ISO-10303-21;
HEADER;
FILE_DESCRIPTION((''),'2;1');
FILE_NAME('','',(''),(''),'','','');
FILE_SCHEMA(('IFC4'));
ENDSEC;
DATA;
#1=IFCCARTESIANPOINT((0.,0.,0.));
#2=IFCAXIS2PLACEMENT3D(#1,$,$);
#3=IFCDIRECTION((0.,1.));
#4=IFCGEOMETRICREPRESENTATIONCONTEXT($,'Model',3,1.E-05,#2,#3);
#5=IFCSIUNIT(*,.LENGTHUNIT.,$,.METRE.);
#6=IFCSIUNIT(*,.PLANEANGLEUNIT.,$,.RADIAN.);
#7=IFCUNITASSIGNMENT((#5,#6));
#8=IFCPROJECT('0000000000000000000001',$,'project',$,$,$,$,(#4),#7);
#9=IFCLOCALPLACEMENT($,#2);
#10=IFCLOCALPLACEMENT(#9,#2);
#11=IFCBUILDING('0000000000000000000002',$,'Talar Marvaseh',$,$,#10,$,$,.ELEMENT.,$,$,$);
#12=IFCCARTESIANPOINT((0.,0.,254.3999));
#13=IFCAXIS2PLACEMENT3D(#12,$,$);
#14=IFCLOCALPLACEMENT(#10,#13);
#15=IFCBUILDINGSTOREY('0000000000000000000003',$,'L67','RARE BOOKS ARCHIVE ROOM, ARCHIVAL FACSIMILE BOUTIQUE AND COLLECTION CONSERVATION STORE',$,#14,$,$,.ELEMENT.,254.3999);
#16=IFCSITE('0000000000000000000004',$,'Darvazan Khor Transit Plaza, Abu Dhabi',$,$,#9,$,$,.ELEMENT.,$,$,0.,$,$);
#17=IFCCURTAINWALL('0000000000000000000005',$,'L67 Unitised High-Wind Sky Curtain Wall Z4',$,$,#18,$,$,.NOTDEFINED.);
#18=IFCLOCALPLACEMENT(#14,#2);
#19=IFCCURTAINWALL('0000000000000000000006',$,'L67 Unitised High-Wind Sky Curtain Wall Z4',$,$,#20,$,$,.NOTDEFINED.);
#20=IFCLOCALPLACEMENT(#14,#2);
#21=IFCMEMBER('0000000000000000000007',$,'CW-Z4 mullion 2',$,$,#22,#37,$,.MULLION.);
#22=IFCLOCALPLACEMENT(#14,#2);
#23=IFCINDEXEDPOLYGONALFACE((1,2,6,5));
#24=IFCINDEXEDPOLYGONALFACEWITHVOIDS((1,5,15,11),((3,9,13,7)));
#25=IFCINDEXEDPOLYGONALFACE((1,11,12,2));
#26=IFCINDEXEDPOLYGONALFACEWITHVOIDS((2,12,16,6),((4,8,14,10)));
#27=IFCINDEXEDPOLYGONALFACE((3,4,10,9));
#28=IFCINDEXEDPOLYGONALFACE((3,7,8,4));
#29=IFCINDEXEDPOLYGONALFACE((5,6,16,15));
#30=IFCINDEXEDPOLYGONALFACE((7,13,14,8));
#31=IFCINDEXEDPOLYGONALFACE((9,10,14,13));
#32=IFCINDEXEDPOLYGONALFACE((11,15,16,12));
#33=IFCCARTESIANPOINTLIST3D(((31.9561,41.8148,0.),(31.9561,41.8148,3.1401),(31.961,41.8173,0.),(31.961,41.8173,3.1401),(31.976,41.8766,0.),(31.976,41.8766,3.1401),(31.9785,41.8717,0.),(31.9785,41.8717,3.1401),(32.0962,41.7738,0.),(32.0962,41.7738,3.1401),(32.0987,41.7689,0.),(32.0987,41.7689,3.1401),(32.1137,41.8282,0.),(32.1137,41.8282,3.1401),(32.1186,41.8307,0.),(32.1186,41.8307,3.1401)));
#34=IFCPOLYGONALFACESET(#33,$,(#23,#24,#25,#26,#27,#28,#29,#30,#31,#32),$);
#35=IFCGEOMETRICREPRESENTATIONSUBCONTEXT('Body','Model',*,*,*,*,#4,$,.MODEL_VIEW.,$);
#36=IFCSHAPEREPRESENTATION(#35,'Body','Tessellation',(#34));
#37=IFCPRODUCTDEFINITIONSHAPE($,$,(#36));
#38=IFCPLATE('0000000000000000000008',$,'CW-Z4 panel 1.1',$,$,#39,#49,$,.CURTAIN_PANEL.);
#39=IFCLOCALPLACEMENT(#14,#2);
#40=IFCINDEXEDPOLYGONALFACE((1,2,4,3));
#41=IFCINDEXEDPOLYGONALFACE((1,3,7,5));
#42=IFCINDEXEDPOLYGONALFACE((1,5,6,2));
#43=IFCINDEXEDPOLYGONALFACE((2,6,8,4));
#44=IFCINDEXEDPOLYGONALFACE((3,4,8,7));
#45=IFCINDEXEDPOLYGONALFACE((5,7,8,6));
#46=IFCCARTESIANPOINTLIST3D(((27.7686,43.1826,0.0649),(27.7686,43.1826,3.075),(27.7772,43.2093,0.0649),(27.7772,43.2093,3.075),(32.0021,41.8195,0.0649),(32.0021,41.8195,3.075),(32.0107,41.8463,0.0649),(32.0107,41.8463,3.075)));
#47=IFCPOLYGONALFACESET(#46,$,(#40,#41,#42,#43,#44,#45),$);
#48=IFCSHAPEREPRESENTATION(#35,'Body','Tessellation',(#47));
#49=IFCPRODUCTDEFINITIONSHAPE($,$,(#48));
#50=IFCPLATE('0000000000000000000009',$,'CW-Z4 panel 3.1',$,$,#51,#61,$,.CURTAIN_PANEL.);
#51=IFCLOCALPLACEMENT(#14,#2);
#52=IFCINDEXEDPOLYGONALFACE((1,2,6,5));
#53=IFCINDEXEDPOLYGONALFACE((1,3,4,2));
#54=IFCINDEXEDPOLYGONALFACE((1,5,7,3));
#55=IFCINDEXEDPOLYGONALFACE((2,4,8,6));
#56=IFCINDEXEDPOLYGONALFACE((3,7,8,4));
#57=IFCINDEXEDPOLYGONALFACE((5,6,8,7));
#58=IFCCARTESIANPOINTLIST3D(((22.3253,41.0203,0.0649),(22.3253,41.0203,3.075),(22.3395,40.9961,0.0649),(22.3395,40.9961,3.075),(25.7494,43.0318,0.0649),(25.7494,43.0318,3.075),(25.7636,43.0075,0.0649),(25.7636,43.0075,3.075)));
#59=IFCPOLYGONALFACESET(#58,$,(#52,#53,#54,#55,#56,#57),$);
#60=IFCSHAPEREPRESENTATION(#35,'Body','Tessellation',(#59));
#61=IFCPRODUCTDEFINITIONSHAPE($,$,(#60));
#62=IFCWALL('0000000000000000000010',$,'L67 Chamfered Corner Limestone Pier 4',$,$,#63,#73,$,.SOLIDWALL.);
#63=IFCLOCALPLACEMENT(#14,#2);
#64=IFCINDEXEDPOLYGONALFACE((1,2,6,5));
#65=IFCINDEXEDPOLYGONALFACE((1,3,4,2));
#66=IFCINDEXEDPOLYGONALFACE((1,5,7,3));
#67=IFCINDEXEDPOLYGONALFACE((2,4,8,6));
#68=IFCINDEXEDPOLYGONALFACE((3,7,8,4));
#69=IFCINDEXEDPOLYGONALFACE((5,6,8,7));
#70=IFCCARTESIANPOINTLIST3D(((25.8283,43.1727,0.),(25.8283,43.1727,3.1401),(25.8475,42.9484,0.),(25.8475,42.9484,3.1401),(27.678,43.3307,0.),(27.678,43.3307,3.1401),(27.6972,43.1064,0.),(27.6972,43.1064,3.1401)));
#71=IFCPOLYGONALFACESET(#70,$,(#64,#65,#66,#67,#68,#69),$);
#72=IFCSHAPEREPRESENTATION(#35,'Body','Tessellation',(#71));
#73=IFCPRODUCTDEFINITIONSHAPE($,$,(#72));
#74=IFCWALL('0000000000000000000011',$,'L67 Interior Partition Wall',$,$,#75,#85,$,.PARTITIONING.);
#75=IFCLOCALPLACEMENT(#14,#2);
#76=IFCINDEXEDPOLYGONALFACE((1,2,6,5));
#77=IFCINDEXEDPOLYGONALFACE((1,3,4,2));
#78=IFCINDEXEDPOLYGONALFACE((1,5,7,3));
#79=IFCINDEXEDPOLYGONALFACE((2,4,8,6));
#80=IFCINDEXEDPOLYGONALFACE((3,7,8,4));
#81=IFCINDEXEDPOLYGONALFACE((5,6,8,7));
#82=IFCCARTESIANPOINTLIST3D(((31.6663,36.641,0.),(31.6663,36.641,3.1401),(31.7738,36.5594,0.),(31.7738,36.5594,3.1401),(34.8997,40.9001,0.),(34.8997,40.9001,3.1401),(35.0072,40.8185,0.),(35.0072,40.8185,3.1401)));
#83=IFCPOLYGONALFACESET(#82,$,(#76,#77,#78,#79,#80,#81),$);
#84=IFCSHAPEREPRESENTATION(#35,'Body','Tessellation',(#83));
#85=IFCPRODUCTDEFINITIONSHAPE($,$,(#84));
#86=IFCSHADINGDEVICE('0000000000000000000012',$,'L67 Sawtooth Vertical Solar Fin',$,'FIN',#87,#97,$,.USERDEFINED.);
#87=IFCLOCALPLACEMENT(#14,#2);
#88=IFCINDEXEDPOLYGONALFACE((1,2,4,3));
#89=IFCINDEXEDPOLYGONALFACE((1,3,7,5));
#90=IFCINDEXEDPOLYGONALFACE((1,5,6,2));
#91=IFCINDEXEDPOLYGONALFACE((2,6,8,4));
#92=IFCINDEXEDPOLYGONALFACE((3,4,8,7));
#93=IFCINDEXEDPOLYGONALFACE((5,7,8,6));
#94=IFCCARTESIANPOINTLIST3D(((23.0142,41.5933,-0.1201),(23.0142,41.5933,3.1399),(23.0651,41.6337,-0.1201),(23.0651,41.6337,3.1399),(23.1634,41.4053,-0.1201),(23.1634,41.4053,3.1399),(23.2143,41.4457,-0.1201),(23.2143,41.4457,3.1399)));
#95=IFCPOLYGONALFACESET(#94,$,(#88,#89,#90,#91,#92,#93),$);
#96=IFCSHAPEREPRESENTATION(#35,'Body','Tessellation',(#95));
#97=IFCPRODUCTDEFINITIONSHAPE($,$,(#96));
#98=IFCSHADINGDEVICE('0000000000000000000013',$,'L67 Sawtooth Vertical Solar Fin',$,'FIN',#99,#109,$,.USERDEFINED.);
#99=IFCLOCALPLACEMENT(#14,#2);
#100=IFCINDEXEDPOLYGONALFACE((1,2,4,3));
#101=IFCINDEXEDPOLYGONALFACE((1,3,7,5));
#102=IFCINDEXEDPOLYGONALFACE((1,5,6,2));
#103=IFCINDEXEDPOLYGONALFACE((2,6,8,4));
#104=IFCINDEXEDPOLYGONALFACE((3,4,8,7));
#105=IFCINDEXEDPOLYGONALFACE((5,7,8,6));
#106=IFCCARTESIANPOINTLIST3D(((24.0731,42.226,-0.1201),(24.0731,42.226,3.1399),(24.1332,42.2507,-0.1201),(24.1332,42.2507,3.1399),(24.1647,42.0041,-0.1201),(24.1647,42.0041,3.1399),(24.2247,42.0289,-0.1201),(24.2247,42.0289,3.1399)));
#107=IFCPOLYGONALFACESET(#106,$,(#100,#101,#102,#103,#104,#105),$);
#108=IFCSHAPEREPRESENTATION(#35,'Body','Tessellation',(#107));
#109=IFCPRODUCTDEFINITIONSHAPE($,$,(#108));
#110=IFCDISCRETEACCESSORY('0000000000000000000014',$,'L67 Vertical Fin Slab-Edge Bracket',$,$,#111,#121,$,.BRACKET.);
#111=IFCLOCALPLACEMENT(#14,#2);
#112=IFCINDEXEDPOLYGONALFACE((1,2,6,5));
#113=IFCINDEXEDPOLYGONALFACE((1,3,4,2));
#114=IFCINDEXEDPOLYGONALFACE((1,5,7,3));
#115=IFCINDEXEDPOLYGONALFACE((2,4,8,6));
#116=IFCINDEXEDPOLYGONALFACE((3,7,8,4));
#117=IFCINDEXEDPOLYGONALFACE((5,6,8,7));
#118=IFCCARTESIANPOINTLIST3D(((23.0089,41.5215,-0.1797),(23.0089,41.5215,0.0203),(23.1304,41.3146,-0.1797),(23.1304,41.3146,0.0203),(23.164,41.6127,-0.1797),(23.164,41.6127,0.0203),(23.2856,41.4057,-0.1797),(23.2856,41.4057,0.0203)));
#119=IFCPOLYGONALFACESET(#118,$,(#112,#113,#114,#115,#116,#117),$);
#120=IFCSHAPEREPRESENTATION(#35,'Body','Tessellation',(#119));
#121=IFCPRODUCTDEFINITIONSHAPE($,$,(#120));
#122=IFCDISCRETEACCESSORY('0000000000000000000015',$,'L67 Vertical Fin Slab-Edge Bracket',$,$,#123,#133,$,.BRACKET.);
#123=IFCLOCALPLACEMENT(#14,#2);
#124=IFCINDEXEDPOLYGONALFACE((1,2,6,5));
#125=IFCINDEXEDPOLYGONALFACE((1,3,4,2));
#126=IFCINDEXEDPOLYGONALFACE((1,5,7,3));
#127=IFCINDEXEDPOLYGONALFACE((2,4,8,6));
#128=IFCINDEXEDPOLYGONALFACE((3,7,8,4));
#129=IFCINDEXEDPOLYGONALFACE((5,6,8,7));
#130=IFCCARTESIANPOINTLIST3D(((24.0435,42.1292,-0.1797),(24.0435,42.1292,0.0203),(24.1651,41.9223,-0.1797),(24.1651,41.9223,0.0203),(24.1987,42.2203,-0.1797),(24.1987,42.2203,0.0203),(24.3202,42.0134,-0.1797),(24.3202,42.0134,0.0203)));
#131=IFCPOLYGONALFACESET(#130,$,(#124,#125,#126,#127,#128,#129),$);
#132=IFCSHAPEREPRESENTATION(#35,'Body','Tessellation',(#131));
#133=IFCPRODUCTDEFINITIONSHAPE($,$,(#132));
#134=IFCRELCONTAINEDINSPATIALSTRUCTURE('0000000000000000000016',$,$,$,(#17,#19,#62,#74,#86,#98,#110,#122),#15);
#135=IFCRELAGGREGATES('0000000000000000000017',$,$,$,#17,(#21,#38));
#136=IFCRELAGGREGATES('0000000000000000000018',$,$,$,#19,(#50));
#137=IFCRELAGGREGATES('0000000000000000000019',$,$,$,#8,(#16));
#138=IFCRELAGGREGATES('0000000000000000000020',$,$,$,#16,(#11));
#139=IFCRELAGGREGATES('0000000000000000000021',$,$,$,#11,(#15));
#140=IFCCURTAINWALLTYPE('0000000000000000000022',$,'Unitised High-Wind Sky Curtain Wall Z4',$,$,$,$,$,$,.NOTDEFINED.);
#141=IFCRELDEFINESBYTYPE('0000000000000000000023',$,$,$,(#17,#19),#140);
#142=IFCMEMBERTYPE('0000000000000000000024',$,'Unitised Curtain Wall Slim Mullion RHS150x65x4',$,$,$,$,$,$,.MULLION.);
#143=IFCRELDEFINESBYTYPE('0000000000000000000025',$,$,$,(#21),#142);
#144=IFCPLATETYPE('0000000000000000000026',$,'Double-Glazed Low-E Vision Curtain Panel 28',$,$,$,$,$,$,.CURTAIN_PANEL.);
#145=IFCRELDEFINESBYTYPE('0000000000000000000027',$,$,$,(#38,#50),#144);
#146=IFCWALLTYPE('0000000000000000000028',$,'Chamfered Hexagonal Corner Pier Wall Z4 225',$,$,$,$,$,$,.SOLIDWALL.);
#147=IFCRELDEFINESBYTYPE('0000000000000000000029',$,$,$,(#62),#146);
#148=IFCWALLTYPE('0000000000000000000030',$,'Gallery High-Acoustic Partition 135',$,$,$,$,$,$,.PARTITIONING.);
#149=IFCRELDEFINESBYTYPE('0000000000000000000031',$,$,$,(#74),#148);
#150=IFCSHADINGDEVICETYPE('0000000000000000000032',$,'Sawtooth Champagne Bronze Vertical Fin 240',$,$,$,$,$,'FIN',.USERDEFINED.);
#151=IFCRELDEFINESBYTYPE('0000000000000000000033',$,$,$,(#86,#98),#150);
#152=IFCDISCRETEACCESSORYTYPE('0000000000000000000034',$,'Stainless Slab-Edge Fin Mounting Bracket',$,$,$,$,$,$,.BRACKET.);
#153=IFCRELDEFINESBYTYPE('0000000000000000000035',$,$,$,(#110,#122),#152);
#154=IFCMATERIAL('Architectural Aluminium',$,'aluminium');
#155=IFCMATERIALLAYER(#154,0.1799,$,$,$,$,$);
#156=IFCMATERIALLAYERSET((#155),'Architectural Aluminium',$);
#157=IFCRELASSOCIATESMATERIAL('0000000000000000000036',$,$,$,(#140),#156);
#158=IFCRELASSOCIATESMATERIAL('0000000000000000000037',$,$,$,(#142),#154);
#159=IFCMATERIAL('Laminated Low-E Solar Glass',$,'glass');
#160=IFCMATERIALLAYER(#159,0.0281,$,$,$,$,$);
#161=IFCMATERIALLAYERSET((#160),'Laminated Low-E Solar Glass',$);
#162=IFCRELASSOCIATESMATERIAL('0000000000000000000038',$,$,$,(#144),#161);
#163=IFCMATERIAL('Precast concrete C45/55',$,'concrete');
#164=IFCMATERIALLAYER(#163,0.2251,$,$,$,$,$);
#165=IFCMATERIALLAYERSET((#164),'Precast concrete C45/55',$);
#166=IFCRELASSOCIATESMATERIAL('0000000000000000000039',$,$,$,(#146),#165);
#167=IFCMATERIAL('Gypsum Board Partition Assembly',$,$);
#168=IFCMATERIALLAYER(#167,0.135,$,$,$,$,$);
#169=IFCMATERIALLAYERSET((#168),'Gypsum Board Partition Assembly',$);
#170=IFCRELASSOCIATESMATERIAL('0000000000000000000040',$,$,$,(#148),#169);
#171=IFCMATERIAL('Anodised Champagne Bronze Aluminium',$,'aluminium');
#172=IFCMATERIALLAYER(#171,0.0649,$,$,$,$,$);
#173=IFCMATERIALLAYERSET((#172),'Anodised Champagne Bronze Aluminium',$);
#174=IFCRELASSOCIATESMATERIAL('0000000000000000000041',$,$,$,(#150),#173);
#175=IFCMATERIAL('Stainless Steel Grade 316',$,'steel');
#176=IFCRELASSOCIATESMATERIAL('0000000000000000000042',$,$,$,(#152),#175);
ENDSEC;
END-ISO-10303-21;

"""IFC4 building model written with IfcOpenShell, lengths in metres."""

from ifc_helpers import new_model, si_unit, direction, frame, frame_2d, origin, origin_2d, place, context, subcontext, project, spatial, rectangle, hollow_rectangle, extrude, source, transform, mapped, material, layer, layer_set, material_profile, profile_set, type_object, type_shapes, element, aggregate, save


model = new_model("IFC4")

# Units and contexts
model_context = context("Model", 3, precision=1e-05, world=origin(), true_north=direction((0.0, 1.0)))
body_context = subcontext(model_context, "Body", "Model", "MODEL_VIEW")
ifc_project = project(units=[si_unit("LENGTHUNIT", "METRE"), si_unit("PLANEANGLEUNIT", "RADIAN")], contexts=[model_context])

# Site, building, storey
site_placement = place(None, origin())
site = spatial("IfcSite", under=ifc_project, at=site_placement, Name="Darvazan Khor Transit Plaza, Abu Dhabi", CompositionType="ELEMENT", RefElevation=0.0)
building_placement = place(site_placement, origin())
building = spatial("IfcBuilding", under=site, at=building_placement, Name="Talar Marvaseh", CompositionType="ELEMENT")
storey_placement = place(building_placement, frame((0.0, 0.0, 254.3999)))
storey = spatial("IfcBuildingStorey", under=building, at=storey_placement, Name="L67", Description="RARE BOOKS ARCHIVE ROOM, ARCHIVAL FACSIMILE BOUTIQUE AND COLLECTION CONSERVATION STORE", CompositionType="ELEMENT", Elevation=254.3999)

# Curtain wall
ifc_material_1 = material(Name="Architectural Aluminium", Category="aluminium")
ifc_layer_1 = layer(ifc_material_1, 0.1799)
ifc_layer_set_1 = layer_set([ifc_layer_1], Name="Architectural Aluminium")
curtain_wall_type = type_object("IfcCurtainWallType", Name="Unitised High-Wind Sky Curtain Wall Z4", PredefinedType="NOTDEFINED", material=ifc_layer_set_1)
curtain_wall_1_placement = place(storey_placement, origin())
curtain_wall_1 = element("IfcCurtainWall", 1, at=curtain_wall_1_placement, inside=storey, type_object=curtain_wall_type, Name="L67 Unitised High-Wind Sky Curtain Wall Z4", PredefinedType="NOTDEFINED")

# Curtain wall
curtain_wall_2_placement = place(storey_placement, origin())
curtain_wall_2 = element("IfcCurtainWall", 2, at=curtain_wall_2_placement, inside=storey, type_object=curtain_wall_type, Name="L67 Unitised High-Wind Sky Curtain Wall Z4", PredefinedType="NOTDEFINED")
ifc_material_profile_1 = material_profile(ifc_material_1, hollow_rectangle(XDim=0.0649, YDim=0.1499, WallThickness=0.0039, at=origin_2d()), Name="RHS150x65x4")
ifc_profile_set_1 = profile_set([ifc_material_profile_1], Name="Architectural Aluminium")
member_type_1 = type_object("IfcMemberType", Name="Unitised Curtain Wall Slim Mullion RHS150x65x4", PredefinedType="MULLION", material=ifc_profile_set_1)
shared_shape_1 = source(origin(), body_context, "Body", "SweptSolid", [
    extrude(hollow_rectangle(XDim=0.0649, YDim=0.1499, WallThickness=0.0039, at=origin_2d()), origin(), (0.0, 0.0, 1.0), 3.1401),
])
type_shapes(member_type_1, [shared_shape_1])

# Member
member_1_placement = place(storey_placement, frame((32.0374, 41.8228, 0.0), z_axis=(0.0, 0.0, 1.0), x_axis=(0.306468, 0.951881, 0.0)))
member_1 = element("IfcMember", 3, at=member_1_placement, type_object=member_type_1, Name="CW-Z4 mullion 2", PredefinedType="MULLION", context=body_context, shape_type="MappedRepresentation", body=[
    mapped(shared_shape_1, transform((0.0, 0.0, 0.0), x_axis=(1.0, 0.0, 0.0), y_axis=(0.0, 1.0, 0.0), z_axis=(0.0, 0.0, 1.0), scale=1.0)),
])

# Plates
ifc_material_2 = material(Name="Laminated Low-E Solar Glass", Category="glass")
ifc_layer_2 = layer(ifc_material_2, 0.0281)
ifc_layer_set_2 = layer_set([ifc_layer_2], Name="Laminated Low-E Solar Glass")
plate_type = type_object("IfcPlateType", Name="Double-Glazed Low-E Vision Curtain Panel 28", PredefinedType="CURTAIN_PANEL", material=ifc_layer_set_2)
shared_shape_2 = source(origin(), body_context, "Body", "SweptSolid", [
    extrude(rectangle(XDim=4.4475, YDim=0.0281, at=origin_2d()), origin(), (0.0, 0.0, 1.0), 3.01),
])
plate_1_placement = place(storey_placement, frame((29.8896, 42.5144, 0.0649), z_axis=(0.0, 0.0, 1.0), x_axis=(0.951881, -0.306468, 0.0)))
plate_1 = element("IfcPlate", 4, at=plate_1_placement, type_object=plate_type, Name="CW-Z4 panel 1.1", PredefinedType="CURTAIN_PANEL", context=body_context, shape_type="MappedRepresentation", body=[
    mapped(shared_shape_2, transform((0.0, 0.0, 0.0), x_axis=(1.0, 0.0, 0.0), y_axis=(0.0, 1.0, 0.0), z_axis=(0.0, 0.0, 1.0), scale=1.0)),
])
aggregate(curtain_wall_1, [member_1, plate_1])
shared_shape_3 = source(origin(), body_context, "Body", "SweptSolid", [
    extrude(rectangle(XDim=3.9712, YDim=0.0281, at=origin_2d()), origin(), (0.0, 0.0, 1.0), 3.01),
])
type_shapes(plate_type, [shared_shape_2, shared_shape_3])
plate_2_placement = place(storey_placement, frame((24.0444, 42.0139, 0.0649), z_axis=(0.0, 0.0, 1.0), x_axis=(0.86223, 0.506517, 0.0)))
plate_2 = element("IfcPlate", 5, at=plate_2_placement, type_object=plate_type, Name="CW-Z4 panel 3.1", PredefinedType="CURTAIN_PANEL", context=body_context, shape_type="MappedRepresentation", body=[
    mapped(shared_shape_3, transform((0.0, 0.0, 0.0), x_axis=(1.0, 0.0, 0.0), y_axis=(0.0, 1.0, 0.0), z_axis=(0.0, 0.0, 1.0), scale=1.0)),
])
aggregate(curtain_wall_2, [plate_2])

# Walls
ifc_material_3 = material(Name="Precast concrete C45/55", Category="concrete")
ifc_layer_3 = layer(ifc_material_3, 0.2251)
ifc_layer_set_3 = layer_set([ifc_layer_3], Name="Precast concrete C45/55")
wall_type_1 = type_object("IfcWallType", Name="Chamfered Hexagonal Corner Pier Wall Z4 225", PredefinedType="SOLIDWALL", material=ifc_layer_set_3)
wall_1_placement = place(storey_placement, frame((25.8379, 43.0605, 0.0), z_axis=(0.0, 0.0, 1.0), x_axis=(0.996373, 0.085092, 0.0)))
element("IfcWall", 6, at=wall_1_placement, inside=storey, type_object=wall_type_1, Name="L67 Chamfered Corner Limestone Pier 4", PredefinedType="SOLIDWALL", context=body_context, shape_type="SweptSolid", body=[
    extrude(rectangle(XDim=1.8564, YDim=0.2251, at=frame_2d((0.9282, 0.0))), origin(), (0.0, 0.0, 1.0), 3.1401),
])
ifc_material_4 = material(Name="Gypsum Board Partition Assembly")
ifc_layer_4 = layer(ifc_material_4, 0.135)
ifc_layer_set_4 = layer_set([ifc_layer_4], Name="Gypsum Board Partition Assembly")
wall_type_2 = type_object("IfcWallType", Name="Gallery High-Acoustic Partition 135", PredefinedType="PARTITIONING", material=ifc_layer_set_4)
wall_2_placement = place(storey_placement, frame((31.72, 36.6001, 0.0), z_axis=(0.0, 0.0, 1.0), x_axis=(0.604672, 0.796474, 0.0)))
element("IfcWall", 7, at=wall_2_placement, inside=storey, type_object=wall_type_2, Name="L67 Interior Partition Wall", PredefinedType="PARTITIONING", context=body_context, shape_type="SweptSolid", body=[
    extrude(rectangle(XDim=5.3474, YDim=0.135, at=frame_2d((2.6738, 0.0))), origin(), (0.0, 0.0, 1.0), 3.1401),
])

# Shading devices
ifc_material_5 = material(Name="Anodised Champagne Bronze Aluminium", Category="aluminium")
ifc_layer_5 = layer(ifc_material_5, 0.0649)
ifc_layer_set_5 = layer_set([ifc_layer_5], Name="Anodised Champagne Bronze Aluminium")
shading_device_type = type_object("IfcShadingDeviceType", Name="Sawtooth Champagne Bronze Vertical Fin 240", ElementType="FIN", PredefinedType="USERDEFINED", material=ifc_layer_set_5)
shared_shape_4 = source(origin(), body_context, "Body", "SweptSolid", [
    extrude(rectangle(XDim=0.24, YDim=0.0649, at=origin_2d()), origin(), (0.0, 0.0, 1.0), 3.26),
])
type_shapes(shading_device_type, [shared_shape_4])
for number, where, z_axis, x_axis, name in (
    (8, (23.1143, 41.5195, -0.1201), (0.0, 0.0, 1.0), (-0.621558, 0.783368, 0.0), "L67 Sawtooth Vertical Solar Fin"),
    (9, (24.1489, 42.1274, -0.1201), (0.0, 0.0, 1.0), (-0.381554, 0.924346, 0.0), "L67 Sawtooth Vertical Solar Fin"),
):
    element("IfcShadingDevice", number, at=place(storey_placement, frame(where, z_axis=z_axis, x_axis=x_axis)), inside=storey, type_object=shading_device_type, Name=name, ObjectType="FIN", PredefinedType="USERDEFINED", context=body_context, shape_type="MappedRepresentation", body=[
        mapped(shared_shape_4, transform((0.0, 0.0, 0.0), x_axis=(1.0, 0.0, 0.0), y_axis=(0.0, 1.0, 0.0), z_axis=(0.0, 0.0, 1.0), scale=1.0)),
    ])

# Discrete accessories
ifc_material_6 = material(Name="Stainless Steel Grade 316", Category="steel")
discrete_accessory_type = type_object("IfcDiscreteAccessoryType", Name="Stainless Slab-Edge Fin Mounting Bracket", PredefinedType="BRACKET", material=ifc_material_6)
shared_shape_5 = source(origin(), body_context, "Body", "SweptSolid", [
    extrude(rectangle(XDim=0.24, YDim=0.1799, at=origin_2d()), origin(), (0.0, 0.0, 1.0), 0.2),
])
type_shapes(discrete_accessory_type, [shared_shape_5])
for number, where, z_axis, x_axis, name in (
    (10, (23.1472, 41.4636, -0.1797), (0.0, 0.0, 1.0), (-0.506485, 0.862249, 0.0), "L67 Vertical Fin Slab-Edge Bracket"),
    (11, (24.1819, 42.0713, -0.1797), (0.0, 0.0, 1.0), (-0.506485, 0.862249, 0.0), "L67 Vertical Fin Slab-Edge Bracket"),
):
    element("IfcDiscreteAccessory", number, at=place(storey_placement, frame(where, z_axis=z_axis, x_axis=x_axis)), inside=storey, type_object=discrete_accessory_type, Name=name, PredefinedType="BRACKET", context=body_context, shape_type="MappedRepresentation", body=[
        mapped(shared_shape_5, transform((0.0, 0.0, 0.0), x_axis=(1.0, 0.0, 0.0), y_axis=(0.0, 1.0, 0.0), z_axis=(0.0, 0.0, 1.0), scale=1.0)),
    ])

save(model, "model.ifc")
